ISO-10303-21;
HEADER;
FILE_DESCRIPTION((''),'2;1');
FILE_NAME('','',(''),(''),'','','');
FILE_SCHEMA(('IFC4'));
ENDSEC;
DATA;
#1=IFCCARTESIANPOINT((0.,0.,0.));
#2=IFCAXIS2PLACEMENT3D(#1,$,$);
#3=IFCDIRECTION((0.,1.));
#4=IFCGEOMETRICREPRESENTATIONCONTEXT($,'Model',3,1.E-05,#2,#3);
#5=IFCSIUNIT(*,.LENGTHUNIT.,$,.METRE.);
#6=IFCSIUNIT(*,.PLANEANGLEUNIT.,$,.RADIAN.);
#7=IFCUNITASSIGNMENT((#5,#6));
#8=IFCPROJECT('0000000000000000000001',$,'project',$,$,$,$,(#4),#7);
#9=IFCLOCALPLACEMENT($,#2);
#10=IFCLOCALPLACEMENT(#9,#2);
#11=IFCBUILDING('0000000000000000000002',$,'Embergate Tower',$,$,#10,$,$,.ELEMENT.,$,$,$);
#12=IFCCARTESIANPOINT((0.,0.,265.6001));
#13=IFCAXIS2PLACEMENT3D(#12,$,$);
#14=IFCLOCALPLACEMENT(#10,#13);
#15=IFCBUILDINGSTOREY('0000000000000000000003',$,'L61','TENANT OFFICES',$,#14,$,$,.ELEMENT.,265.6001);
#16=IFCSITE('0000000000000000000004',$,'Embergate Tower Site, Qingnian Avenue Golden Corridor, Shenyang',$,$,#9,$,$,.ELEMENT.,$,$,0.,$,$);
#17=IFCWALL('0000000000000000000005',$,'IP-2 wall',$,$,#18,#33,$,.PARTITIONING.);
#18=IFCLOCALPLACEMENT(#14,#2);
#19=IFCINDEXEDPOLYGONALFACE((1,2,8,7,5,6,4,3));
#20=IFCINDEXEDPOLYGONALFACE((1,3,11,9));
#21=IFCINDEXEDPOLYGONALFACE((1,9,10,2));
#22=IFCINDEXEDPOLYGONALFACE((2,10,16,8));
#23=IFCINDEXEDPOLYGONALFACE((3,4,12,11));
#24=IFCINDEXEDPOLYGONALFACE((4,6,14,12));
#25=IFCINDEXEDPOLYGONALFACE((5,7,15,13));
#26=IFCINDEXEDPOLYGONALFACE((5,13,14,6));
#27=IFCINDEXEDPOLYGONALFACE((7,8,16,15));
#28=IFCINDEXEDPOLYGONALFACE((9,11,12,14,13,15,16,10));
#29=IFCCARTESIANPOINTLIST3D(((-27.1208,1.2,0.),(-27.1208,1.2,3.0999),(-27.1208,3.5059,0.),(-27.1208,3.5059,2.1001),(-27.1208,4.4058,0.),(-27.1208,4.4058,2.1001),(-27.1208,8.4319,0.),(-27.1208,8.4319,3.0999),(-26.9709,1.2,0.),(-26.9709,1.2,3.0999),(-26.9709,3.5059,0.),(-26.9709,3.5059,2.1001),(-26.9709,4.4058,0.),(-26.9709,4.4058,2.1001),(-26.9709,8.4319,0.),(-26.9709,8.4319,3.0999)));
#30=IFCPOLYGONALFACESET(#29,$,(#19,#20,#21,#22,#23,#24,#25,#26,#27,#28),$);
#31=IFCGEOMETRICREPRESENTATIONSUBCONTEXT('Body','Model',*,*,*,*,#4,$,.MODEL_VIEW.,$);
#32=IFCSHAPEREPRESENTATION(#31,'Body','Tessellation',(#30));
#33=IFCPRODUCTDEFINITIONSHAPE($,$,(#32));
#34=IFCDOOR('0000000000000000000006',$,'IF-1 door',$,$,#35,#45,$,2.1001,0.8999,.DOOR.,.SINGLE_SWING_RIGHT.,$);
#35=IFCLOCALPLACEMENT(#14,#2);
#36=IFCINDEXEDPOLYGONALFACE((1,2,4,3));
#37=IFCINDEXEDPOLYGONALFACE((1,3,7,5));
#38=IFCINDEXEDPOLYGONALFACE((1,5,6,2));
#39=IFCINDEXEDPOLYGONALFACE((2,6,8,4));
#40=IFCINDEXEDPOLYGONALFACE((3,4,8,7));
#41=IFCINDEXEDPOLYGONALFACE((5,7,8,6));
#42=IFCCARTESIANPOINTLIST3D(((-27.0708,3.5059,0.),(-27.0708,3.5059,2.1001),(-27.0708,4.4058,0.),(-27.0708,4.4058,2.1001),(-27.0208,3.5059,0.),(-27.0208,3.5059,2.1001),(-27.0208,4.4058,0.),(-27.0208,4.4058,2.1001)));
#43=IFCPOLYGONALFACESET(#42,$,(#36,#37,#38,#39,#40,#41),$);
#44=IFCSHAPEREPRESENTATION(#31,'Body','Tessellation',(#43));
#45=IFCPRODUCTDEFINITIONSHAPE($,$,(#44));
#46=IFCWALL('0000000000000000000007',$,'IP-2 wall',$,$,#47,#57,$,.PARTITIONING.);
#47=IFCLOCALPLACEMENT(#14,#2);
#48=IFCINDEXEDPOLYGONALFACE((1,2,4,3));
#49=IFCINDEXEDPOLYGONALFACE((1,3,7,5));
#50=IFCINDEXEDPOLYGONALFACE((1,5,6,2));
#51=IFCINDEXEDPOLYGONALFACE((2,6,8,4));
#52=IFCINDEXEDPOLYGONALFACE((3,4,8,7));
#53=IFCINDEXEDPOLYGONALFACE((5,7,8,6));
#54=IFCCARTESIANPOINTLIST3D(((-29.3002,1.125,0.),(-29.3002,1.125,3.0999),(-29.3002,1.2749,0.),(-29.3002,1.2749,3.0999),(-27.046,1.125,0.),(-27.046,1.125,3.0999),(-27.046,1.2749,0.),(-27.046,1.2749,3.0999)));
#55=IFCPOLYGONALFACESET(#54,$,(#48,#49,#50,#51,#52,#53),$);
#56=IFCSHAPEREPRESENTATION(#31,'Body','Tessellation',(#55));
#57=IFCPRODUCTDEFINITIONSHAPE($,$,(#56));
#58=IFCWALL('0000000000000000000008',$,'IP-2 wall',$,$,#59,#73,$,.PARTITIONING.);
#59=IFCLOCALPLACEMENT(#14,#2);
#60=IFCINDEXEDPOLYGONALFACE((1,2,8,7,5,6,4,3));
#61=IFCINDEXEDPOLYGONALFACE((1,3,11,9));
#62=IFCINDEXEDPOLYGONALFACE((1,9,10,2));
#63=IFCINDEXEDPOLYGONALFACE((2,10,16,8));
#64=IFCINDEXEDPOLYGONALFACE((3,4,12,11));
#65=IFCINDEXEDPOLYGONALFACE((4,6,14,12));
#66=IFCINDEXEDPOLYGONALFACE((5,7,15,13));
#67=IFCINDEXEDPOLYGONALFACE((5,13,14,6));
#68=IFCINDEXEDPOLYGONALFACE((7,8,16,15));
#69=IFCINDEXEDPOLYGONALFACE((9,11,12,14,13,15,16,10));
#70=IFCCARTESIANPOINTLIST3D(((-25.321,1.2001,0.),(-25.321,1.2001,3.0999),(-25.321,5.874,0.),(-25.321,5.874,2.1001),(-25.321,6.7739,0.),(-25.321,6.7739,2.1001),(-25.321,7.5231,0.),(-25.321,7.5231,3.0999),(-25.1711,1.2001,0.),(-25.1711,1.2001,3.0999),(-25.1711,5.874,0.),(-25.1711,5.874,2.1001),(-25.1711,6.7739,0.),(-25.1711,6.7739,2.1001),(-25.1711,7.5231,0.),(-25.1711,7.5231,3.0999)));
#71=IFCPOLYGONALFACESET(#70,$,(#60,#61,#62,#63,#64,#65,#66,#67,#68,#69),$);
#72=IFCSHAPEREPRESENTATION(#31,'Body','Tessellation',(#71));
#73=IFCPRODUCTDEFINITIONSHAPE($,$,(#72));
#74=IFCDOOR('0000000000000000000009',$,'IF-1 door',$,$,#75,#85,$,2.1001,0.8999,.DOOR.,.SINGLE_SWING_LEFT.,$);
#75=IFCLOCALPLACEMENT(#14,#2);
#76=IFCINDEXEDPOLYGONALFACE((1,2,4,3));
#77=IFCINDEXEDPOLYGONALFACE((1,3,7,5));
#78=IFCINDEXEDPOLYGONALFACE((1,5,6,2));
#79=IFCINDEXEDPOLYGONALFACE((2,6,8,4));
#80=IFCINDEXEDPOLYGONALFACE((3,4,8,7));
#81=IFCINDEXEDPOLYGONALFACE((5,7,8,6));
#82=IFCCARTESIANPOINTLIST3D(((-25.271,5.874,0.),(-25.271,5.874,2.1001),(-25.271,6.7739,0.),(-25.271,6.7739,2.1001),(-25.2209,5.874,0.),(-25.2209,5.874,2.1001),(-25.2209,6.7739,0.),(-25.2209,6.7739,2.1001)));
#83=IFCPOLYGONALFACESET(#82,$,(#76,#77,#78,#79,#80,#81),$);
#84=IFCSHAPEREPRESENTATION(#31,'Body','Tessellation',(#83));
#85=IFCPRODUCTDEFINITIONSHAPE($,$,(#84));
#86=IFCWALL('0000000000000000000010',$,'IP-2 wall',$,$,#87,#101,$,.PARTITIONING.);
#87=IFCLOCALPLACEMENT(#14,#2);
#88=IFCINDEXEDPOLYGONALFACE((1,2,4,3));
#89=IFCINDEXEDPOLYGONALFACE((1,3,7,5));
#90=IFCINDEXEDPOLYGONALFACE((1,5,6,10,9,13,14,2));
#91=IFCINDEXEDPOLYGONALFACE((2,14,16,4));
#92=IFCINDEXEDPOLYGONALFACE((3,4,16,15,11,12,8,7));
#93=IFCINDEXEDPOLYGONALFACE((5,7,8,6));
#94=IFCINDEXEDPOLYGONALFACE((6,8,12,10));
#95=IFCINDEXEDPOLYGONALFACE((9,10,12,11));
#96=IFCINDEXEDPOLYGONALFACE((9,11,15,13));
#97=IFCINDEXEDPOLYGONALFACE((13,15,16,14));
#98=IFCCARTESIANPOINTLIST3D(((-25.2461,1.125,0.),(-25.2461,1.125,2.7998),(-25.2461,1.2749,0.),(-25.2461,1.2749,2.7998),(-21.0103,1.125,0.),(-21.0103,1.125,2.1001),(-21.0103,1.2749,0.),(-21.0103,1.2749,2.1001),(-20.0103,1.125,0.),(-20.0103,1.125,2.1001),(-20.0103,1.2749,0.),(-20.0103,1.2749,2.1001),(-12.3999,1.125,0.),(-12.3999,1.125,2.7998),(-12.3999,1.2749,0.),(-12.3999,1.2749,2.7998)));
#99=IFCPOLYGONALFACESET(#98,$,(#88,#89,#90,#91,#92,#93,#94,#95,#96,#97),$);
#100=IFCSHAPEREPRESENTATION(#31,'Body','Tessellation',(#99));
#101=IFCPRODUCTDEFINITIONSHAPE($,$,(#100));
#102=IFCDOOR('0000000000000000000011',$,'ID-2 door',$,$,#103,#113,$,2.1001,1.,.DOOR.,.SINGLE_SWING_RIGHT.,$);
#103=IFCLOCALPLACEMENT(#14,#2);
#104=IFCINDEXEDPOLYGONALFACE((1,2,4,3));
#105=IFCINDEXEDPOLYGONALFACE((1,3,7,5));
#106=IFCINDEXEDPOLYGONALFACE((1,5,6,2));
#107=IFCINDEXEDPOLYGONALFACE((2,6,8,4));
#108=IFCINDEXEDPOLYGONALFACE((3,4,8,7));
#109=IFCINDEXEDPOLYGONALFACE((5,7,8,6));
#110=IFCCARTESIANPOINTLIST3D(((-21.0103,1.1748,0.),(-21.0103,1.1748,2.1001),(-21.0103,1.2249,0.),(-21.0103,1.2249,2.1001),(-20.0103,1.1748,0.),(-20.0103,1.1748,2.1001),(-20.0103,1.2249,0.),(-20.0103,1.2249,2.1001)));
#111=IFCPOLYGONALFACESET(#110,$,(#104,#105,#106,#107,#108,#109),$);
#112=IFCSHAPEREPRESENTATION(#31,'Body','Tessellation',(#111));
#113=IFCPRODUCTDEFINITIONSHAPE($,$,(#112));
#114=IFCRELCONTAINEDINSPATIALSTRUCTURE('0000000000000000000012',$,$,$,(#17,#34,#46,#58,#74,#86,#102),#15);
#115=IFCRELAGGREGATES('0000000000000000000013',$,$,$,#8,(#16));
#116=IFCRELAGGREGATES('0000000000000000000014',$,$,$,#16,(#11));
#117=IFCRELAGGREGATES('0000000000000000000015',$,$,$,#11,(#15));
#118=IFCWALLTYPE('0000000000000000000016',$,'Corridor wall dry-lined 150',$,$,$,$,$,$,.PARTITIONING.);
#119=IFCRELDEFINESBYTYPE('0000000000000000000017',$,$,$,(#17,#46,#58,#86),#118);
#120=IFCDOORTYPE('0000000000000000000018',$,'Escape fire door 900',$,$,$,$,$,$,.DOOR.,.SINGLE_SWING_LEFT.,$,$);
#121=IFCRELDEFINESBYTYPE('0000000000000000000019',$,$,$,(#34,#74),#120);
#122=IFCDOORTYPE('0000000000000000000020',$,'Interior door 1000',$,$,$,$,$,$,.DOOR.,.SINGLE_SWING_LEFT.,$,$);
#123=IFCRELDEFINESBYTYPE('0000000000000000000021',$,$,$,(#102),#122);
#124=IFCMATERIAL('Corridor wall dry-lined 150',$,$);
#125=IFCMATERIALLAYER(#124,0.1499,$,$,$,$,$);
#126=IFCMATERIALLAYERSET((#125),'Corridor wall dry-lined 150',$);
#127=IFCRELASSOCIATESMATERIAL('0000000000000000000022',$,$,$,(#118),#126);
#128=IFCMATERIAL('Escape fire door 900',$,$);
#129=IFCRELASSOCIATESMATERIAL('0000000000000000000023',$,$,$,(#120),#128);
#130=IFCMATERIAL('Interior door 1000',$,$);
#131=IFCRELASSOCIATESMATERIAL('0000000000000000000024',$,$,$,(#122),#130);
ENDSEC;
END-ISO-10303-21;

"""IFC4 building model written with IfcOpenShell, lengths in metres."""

from ifc_helpers import new_model, si_unit, direction, frame, frame_2d, origin, place, context, subcontext, project, spatial, rectangle, extrude, source, transform, mapped, material, layer, layer_set, type_object, element, fill, save


model = new_model("IFC4")

# Units and contexts
model_context = context("Model", 3, precision=1e-05, world=origin(), true_north=direction((0.0, 1.0)))
body_context = subcontext(model_context, "Body", "Model", "MODEL_VIEW")
ifc_project = project(units=[si_unit("LENGTHUNIT", "METRE"), si_unit("PLANEANGLEUNIT", "RADIAN")], contexts=[model_context])

# Site, building, storey
site_placement = place(None, origin())
site = spatial("IfcSite", under=ifc_project, at=site_placement, Name="Embergate Tower Site, Qingnian Avenue Golden Corridor, Shenyang", CompositionType="ELEMENT", RefElevation=0.0)
building_placement = place(site_placement, origin())
building = spatial("IfcBuilding", under=site, at=building_placement, Name="Embergate Tower", CompositionType="ELEMENT")
storey_placement = place(building_placement, frame((0.0, 0.0, 265.6001)))
storey = spatial("IfcBuildingStorey", under=building, at=storey_placement, Name="L61", Description="TENANT OFFICES", CompositionType="ELEMENT", Elevation=265.6001)

# Wall, opening, door
ifc_material_1 = material(Name="Corridor wall dry-lined 150")
ifc_layer_1 = layer(ifc_material_1, 0.1499)
ifc_layer_set_1 = layer_set([ifc_layer_1], Name="Corridor wall dry-lined 150")
wall_type = type_object("IfcWallType", Name="Corridor wall dry-lined 150", PredefinedType="PARTITIONING", material=ifc_layer_set_1)
shared_shape_1 = source(origin(), body_context, "Body", "SweptSolid", [
    extrude(rectangle(XDim=7.2319, YDim=0.1499, at=frame_2d((3.616, 0.0))), origin(), (0.0, 0.0, 1.0), 3.0999),
])
wall_1_placement = place(storey_placement, frame((-27.0459, 1.2, 0.0), z_axis=(0.0, 0.0, 1.0), x_axis=(0.0, 1.0, 0.0)))
wall_1 = element("IfcWall", 1, at=wall_1_placement, inside=storey, type_object=wall_type, Name="IP-2 wall", PredefinedType="PARTITIONING", context=body_context, shape_type="MappedRepresentation", body=[
    mapped(shared_shape_1, transform((0.0, 0.0, 0.0))),
])
shared_shape_2 = source(origin(), body_context, "Body", "SweptSolid", [
    extrude(rectangle(XDim=0.8999, YDim=2.1001, at=frame_2d((0.45, 1.05))), frame((0.0, 0.085, 0.0), z_axis=(0.0, -1.0, 0.0), x_axis=(1.0, 0.0, 0.0)), (0.0, 0.0, 1.0), 0.1699),
])
opening_1_placement = place(wall_1_placement, frame((2.3059, 0.0, 0.0)))
opening_1 = element("IfcOpeningElement", 2, at=opening_1_placement, cuts=wall_1, PredefinedType="OPENING", context=body_context, shape_type="MappedRepresentation", body=[
    mapped(shared_shape_2, transform((0.0, 0.0, 0.0))),
])
ifc_material_2 = material(Name="Escape fire door 900")
door_type_1 = type_object("IfcDoorType", Name="Escape fire door 900", OperationType="SINGLE_SWING_LEFT", PredefinedType="DOOR", material=ifc_material_2)
shared_shape_3 = source(origin(), body_context, "Body", "SweptSolid", [
    extrude(rectangle(XDim=0.8999, YDim=2.1001, at=frame_2d((0.45, 1.05))), frame((0.0, 0.0249, 0.0), z_axis=(0.0, -1.0, 0.0), x_axis=(1.0, 0.0, 0.0)), (0.0, 0.0, 1.0), 0.05),
])
door_1_placement = place(opening_1_placement, origin())
door_1 = element("IfcDoor", 3, at=door_1_placement, inside=storey, type_object=door_type_1, Name="IF-1 door", OperationType="SINGLE_SWING_RIGHT", OverallHeight=2.1001, OverallWidth=0.8999, PredefinedType="DOOR", context=body_context, shape_type="MappedRepresentation", body=[
    mapped(shared_shape_3, transform((0.0, 0.0, 0.0))),
])
fill(opening_1, door_1)

# Wall
shared_shape_4 = source(origin(), body_context, "Body", "SweptSolid", [
    extrude(rectangle(XDim=2.2542, YDim=0.1499, at=frame_2d((1.127, 0.0))), origin(), (0.0, 0.0, 1.0), 3.0999),
])
wall_2_placement = place(storey_placement, frame((-29.3, 1.2, 0.0), z_axis=(0.0, 0.0, 1.0), x_axis=(1.0, 0.0, 0.0)))
element("IfcWall", 4, at=wall_2_placement, inside=storey, type_object=wall_type, Name="IP-2 wall", PredefinedType="PARTITIONING", context=body_context, shape_type="MappedRepresentation", body=[
    mapped(shared_shape_4, transform((0.0, 0.0, 0.0))),
])

# Walls, openings, doors
shared_shape_5 = source(origin(), body_context, "Body", "SweptSolid", [
    extrude(rectangle(XDim=6.323, YDim=0.1499, at=frame_2d((3.1616, 0.0))), origin(), (0.0, 0.0, 1.0), 3.0999),
])
wall_3_placement = place(storey_placement, frame((-25.2461, 1.2, 0.0), z_axis=(0.0, 0.0, 1.0), x_axis=(0.0, 1.0, 0.0)))
wall_3 = element("IfcWall", 5, at=wall_3_placement, inside=storey, type_object=wall_type, Name="IP-2 wall", PredefinedType="PARTITIONING", context=body_context, shape_type="MappedRepresentation", body=[
    mapped(shared_shape_5, transform((0.0, 0.0, 0.0))),
])
opening_2_placement = place(wall_3_placement, frame((4.6741, 0.0, 0.0)))
opening_2 = element("IfcOpeningElement", 6, at=opening_2_placement, cuts=wall_3, PredefinedType="OPENING", context=body_context, shape_type="MappedRepresentation", body=[
    mapped(shared_shape_2, transform((0.0, 0.0, 0.0))),
])
door_2_placement = place(opening_2_placement, origin())
door_2 = element("IfcDoor", 7, at=door_2_placement, inside=storey, type_object=door_type_1, Name="IF-1 door", OperationType="SINGLE_SWING_LEFT", OverallHeight=2.1001, OverallWidth=0.8999, PredefinedType="DOOR", context=body_context, shape_type="MappedRepresentation", body=[
    mapped(shared_shape_3, transform((0.0, 0.0, 0.0))),
])
fill(opening_2, door_2)
shared_shape_6 = source(origin(), body_context, "Body", "SweptSolid", [
    extrude(rectangle(XDim=12.8462, YDim=0.1499, at=frame_2d((6.4231, 0.0))), origin(), (0.0, 0.0, 1.0), 2.7998),
])
wall_4_placement = place(storey_placement, frame((-25.2461, 1.2, 0.0), z_axis=(0.0, 0.0, 1.0), x_axis=(1.0, 0.0, 0.0)))
wall_4 = element("IfcWall", 8, at=wall_4_placement, inside=storey, type_object=wall_type, Name="IP-2 wall", PredefinedType="PARTITIONING", context=body_context, shape_type="MappedRepresentation", body=[
    mapped(shared_shape_6, transform((0.0, 0.0, 0.0))),
])
shared_shape_7 = source(origin(), body_context, "Body", "SweptSolid", [
    extrude(rectangle(XDim=1.0, YDim=2.1001, at=frame_2d((0.5, 1.05))), frame((0.0, 0.085, 0.0), z_axis=(0.0, -1.0, 0.0), x_axis=(1.0, 0.0, 0.0)), (0.0, 0.0, 1.0), 0.1699),
])
opening_3_placement = place(wall_4_placement, frame((4.2358, 0.0, 0.0)))
opening_3 = element("IfcOpeningElement", 9, at=opening_3_placement, cuts=wall_4, PredefinedType="OPENING", context=body_context, shape_type="MappedRepresentation", body=[
    mapped(shared_shape_7, transform((0.0, 0.0, 0.0))),
])
ifc_material_3 = material(Name="Interior door 1000")
door_type_2 = type_object("IfcDoorType", Name="Interior door 1000", OperationType="SINGLE_SWING_LEFT", PredefinedType="DOOR", material=ifc_material_3)
shared_shape_8 = source(origin(), body_context, "Body", "SweptSolid", [
    extrude(rectangle(XDim=1.0, YDim=2.1001, at=frame_2d((0.5, 1.05))), frame((0.0, 0.0249, 0.0), z_axis=(0.0, -1.0, 0.0), x_axis=(1.0, 0.0, 0.0)), (0.0, 0.0, 1.0), 0.05),
])
door_3_placement = place(opening_3_placement, origin())
door_3 = element("IfcDoor", 10, at=door_3_placement, inside=storey, type_object=door_type_2, Name="ID-2 door", OperationType="SINGLE_SWING_RIGHT", OverallHeight=2.1001, OverallWidth=1.0, PredefinedType="DOOR", context=body_context, shape_type="MappedRepresentation", body=[
    mapped(shared_shape_8, transform((0.0, 0.0, 0.0))),
])
fill(opening_3, door_3)

save(model, "model.ifc")
